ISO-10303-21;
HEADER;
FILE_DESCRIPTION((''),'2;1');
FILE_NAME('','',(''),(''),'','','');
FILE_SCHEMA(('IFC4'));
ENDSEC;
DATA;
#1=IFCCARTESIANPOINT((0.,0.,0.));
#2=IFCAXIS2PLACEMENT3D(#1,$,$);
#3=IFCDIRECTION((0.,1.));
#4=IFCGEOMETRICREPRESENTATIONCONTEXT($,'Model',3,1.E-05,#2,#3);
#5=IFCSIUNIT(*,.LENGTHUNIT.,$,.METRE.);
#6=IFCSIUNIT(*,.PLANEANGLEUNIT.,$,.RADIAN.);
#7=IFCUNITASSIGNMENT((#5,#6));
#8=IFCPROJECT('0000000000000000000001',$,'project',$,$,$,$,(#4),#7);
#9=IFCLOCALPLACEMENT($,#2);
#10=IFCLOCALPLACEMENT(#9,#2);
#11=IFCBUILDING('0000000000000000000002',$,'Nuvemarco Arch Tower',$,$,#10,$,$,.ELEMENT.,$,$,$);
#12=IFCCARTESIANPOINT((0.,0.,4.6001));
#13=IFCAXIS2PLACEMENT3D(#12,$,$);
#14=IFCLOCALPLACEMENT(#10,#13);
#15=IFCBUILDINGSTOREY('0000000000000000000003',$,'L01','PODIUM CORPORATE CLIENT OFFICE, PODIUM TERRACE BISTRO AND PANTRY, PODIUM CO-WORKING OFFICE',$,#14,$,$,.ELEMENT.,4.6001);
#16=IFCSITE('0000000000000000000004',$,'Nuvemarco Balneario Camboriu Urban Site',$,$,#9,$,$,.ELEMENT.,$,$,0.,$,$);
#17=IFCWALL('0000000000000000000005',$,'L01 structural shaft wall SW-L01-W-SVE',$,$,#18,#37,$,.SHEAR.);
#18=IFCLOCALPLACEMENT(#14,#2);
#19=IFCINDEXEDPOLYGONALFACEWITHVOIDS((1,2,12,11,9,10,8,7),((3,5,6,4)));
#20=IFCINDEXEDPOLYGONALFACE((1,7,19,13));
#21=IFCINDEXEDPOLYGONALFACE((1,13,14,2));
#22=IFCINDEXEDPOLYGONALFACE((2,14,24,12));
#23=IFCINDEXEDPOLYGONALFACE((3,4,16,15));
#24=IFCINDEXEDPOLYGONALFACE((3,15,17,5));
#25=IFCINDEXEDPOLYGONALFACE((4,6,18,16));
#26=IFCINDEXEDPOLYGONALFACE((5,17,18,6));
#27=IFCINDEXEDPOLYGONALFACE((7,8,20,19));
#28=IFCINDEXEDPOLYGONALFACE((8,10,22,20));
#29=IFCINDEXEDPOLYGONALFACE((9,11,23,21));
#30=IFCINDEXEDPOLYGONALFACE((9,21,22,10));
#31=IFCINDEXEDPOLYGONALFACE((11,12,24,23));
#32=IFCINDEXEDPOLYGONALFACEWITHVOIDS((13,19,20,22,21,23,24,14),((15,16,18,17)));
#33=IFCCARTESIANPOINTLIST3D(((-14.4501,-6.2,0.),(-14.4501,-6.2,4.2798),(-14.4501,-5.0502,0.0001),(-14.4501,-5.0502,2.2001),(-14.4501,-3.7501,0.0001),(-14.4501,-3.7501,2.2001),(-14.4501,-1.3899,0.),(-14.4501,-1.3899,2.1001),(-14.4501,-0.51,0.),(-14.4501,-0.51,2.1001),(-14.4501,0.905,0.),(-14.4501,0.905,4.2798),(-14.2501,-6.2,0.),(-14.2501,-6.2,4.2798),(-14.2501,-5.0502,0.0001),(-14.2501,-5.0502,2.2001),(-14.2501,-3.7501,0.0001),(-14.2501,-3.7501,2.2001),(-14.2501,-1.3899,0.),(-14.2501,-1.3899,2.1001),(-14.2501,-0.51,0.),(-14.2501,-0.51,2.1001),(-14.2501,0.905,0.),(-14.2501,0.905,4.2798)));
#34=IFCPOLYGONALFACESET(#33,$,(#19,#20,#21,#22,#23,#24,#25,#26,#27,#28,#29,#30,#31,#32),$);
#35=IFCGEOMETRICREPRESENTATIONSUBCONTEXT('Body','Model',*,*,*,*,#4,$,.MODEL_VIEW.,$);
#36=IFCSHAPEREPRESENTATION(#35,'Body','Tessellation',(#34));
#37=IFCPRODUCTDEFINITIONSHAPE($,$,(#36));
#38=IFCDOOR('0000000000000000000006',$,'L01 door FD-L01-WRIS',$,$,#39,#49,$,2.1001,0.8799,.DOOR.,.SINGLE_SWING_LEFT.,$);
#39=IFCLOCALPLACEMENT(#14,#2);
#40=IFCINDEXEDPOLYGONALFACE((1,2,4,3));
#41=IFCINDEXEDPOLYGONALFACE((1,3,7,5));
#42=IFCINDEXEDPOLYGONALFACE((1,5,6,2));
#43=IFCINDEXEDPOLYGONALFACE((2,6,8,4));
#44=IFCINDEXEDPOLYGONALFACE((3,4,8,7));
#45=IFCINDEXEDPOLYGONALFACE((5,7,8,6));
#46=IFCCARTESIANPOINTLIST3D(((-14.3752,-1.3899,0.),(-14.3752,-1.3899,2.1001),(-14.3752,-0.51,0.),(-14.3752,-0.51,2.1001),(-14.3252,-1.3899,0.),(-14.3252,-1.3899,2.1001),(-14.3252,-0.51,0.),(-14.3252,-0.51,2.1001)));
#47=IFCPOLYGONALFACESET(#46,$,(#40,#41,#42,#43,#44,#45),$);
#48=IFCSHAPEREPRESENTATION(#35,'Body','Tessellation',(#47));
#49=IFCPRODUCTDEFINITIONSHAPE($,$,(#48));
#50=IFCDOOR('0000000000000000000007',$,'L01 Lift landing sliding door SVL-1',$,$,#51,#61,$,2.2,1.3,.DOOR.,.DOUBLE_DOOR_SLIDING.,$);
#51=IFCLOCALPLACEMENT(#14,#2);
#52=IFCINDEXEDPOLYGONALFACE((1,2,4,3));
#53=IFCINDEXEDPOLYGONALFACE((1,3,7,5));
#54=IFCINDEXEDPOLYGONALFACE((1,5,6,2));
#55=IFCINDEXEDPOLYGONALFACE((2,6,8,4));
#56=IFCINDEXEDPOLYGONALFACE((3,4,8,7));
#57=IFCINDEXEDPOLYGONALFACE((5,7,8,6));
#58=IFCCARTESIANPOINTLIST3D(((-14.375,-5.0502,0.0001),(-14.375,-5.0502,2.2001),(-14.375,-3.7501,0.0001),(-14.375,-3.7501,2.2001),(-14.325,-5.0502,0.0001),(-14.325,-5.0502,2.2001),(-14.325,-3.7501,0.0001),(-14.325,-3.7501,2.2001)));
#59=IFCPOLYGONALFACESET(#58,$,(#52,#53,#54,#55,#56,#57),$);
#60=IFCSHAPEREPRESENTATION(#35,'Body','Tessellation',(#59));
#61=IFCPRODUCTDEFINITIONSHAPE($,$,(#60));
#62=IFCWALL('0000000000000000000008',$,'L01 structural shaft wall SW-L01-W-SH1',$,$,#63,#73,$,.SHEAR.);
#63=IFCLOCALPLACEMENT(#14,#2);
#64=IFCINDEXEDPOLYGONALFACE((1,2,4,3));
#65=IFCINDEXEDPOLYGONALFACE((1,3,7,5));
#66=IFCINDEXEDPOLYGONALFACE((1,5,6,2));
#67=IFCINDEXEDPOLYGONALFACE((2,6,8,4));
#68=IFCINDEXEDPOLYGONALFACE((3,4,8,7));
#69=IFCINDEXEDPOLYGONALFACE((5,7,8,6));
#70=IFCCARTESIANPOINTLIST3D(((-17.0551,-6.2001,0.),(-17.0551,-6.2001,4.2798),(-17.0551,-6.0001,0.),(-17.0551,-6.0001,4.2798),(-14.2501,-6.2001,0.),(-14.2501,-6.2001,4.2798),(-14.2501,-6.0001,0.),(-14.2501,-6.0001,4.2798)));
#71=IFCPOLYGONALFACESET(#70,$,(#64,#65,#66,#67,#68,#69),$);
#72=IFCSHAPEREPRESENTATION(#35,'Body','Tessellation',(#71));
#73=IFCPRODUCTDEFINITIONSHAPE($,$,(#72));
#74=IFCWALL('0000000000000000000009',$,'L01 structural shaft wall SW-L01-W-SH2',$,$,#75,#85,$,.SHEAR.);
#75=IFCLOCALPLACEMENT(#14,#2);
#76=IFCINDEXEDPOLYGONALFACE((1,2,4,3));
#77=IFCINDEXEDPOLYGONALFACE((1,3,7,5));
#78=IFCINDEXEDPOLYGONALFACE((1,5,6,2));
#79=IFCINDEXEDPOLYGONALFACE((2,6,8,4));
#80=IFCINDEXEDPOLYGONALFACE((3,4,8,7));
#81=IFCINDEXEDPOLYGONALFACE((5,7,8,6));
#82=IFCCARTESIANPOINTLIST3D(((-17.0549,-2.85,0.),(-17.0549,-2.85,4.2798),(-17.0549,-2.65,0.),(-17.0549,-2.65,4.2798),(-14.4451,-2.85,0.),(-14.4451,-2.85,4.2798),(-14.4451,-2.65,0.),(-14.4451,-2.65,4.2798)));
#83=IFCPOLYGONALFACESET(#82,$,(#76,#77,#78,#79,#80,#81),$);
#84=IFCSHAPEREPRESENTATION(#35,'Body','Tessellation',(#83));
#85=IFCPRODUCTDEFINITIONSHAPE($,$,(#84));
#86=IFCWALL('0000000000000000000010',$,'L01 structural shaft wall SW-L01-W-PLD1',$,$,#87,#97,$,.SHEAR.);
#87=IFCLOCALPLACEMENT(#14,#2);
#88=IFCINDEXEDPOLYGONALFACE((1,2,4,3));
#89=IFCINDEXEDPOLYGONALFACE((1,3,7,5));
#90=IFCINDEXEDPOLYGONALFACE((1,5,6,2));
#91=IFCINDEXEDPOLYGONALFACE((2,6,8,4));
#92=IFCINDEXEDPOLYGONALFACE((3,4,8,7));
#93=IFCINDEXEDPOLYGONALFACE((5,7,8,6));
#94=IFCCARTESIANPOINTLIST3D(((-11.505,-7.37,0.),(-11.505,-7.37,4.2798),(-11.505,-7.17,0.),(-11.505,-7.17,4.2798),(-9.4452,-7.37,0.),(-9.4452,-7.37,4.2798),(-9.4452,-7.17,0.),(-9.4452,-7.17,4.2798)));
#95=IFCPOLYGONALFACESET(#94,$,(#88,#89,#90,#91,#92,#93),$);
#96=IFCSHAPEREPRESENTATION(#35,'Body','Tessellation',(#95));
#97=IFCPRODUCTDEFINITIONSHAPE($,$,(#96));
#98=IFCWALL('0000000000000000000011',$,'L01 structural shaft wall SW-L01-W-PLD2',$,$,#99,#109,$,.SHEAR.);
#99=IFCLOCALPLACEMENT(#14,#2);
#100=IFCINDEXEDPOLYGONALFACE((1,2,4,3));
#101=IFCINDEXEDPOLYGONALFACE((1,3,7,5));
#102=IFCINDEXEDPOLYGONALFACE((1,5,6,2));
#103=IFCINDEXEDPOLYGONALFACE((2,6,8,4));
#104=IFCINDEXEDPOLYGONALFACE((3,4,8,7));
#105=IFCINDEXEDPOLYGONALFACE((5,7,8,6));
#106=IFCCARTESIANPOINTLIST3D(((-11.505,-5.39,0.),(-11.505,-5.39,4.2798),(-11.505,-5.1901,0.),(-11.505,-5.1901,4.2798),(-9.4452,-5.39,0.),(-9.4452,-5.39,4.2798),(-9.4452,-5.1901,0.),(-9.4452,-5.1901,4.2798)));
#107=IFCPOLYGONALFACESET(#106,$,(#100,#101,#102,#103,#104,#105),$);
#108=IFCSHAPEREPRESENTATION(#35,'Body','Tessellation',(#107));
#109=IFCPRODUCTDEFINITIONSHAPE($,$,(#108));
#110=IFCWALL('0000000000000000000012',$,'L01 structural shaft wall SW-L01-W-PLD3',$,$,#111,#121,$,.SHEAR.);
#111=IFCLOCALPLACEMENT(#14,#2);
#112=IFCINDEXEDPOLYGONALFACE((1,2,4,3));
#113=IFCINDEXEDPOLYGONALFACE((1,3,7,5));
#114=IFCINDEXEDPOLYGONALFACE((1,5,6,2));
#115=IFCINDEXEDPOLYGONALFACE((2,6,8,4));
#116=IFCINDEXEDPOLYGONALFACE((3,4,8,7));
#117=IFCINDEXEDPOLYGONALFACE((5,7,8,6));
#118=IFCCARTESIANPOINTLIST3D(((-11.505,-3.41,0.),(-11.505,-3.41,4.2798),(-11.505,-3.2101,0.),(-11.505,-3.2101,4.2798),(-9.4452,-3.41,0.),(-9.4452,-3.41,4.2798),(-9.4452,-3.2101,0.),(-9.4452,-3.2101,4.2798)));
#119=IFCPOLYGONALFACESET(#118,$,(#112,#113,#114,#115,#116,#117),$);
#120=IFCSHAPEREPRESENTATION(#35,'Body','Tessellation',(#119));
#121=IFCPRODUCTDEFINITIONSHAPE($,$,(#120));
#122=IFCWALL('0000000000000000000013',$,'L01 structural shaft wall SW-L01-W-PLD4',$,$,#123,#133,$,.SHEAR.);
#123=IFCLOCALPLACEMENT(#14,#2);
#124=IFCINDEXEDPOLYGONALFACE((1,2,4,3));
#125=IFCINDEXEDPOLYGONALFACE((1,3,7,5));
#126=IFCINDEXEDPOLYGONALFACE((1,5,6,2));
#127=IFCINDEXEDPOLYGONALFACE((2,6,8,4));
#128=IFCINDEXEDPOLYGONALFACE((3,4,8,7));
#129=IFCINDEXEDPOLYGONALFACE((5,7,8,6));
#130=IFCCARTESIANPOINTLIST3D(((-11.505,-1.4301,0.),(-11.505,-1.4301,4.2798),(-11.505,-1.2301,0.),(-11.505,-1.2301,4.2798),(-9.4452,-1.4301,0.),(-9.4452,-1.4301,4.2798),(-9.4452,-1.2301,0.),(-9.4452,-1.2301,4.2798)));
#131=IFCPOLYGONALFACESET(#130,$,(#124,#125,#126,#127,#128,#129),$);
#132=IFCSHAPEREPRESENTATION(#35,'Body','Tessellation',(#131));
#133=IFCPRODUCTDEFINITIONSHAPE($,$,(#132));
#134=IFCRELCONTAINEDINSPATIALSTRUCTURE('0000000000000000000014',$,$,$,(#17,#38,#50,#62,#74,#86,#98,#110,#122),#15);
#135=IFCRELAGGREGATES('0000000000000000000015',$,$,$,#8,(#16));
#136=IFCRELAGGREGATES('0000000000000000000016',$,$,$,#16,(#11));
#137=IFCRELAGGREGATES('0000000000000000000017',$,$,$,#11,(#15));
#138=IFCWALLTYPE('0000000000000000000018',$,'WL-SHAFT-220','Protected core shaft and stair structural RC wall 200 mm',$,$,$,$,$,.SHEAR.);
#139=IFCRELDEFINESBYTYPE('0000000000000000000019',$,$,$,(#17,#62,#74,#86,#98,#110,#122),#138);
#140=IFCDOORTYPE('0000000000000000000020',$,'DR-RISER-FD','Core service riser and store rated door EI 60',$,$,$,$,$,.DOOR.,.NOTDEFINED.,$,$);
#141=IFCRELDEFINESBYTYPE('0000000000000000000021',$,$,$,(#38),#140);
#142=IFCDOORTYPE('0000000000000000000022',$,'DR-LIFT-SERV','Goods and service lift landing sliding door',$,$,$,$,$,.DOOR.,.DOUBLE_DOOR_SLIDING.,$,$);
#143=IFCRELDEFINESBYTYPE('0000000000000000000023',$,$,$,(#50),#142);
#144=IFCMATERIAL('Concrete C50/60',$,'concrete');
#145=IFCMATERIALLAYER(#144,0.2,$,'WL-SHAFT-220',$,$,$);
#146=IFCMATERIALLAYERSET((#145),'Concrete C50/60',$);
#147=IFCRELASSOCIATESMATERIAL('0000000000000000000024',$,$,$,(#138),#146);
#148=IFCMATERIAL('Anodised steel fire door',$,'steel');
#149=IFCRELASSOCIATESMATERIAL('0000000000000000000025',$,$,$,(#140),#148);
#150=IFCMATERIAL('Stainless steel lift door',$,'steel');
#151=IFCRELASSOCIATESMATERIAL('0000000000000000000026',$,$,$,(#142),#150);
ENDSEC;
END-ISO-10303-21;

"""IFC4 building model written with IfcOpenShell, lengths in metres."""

from ifc_helpers import new_model, si_unit, direction, frame, frame_2d, origin, place, context, subcontext, project, spatial, rectangle, extrude, source, transform, mapped, material, layer, layer_set, type_object, type_shapes, element, fill, save


model = new_model("IFC4")

# Units and contexts
model_context = context("Model", 3, precision=1e-05, world=origin(), true_north=direction((0.0, 1.0)))
body_context = subcontext(model_context, "Body", "Model", "MODEL_VIEW")
ifc_project = project(units=[si_unit("LENGTHUNIT", "METRE"), si_unit("PLANEANGLEUNIT", "RADIAN")], contexts=[model_context])

# Site, building, storey
site_placement = place(None, origin())
site = spatial("IfcSite", under=ifc_project, at=site_placement, Name="Nuvemarco Balneario Camboriu Urban Site", CompositionType="ELEMENT", RefElevation=0.0)
building_placement = place(site_placement, origin())
building = spatial("IfcBuilding", under=site, at=building_placement, Name="Nuvemarco Arch Tower", CompositionType="ELEMENT")
storey_placement = place(building_placement, frame((0.0, 0.0, 4.6001)))
storey = spatial("IfcBuildingStorey", under=building, at=storey_placement, Name="L01", Description="PODIUM CORPORATE CLIENT OFFICE, PODIUM TERRACE BISTRO AND PANTRY, PODIUM CO-WORKING OFFICE", CompositionType="ELEMENT", Elevation=4.6001)

# Shared definitions
ifc_material_1 = material(Name="Concrete C50/60", Category="concrete")
ifc_layer_1 = layer(ifc_material_1, 0.2, Name="WL-SHAFT-220")
ifc_layer_set_1 = layer_set([ifc_layer_1], Name="Concrete C50/60")
wall_type_1 = type_object("IfcWallType", Name="WL-SHAFT-220", Description="Protected core shaft and stair structural RC wall 200 mm", PredefinedType="SHEAR", material=ifc_layer_set_1)
ifc_material_2 = material(Name="Stainless steel lift door", Category="steel")

# Wall, openings, doors
wall_1_placement = place(storey_placement, frame((-14.3501, -6.2, 0.0), z_axis=(0.0, 0.0, 1.0), x_axis=(0.0, 1.0, 0.0)))
wall_1 = element("IfcWall", 1, at=wall_1_placement, inside=storey, type_object=wall_type_1, Name="L01 structural shaft wall SW-L01-W-SVE", PredefinedType="SHEAR", context=body_context, shape_type="SweptSolid", body=[
    extrude(rectangle(XDim=7.105, YDim=0.2, at=frame_2d((3.5525, 0.0))), origin(), (0.0, 0.0, 1.0), 4.2798),
])
opening_1_placement = place(wall_1_placement, frame((5.6899, 0.0, 0.0), z_axis=(0.0, 0.0, 1.0), x_axis=(-1.0, 0.0, 0.0)))
opening_1 = element("IfcOpeningElement", 2, at=opening_1_placement, cuts=wall_1, PredefinedType="OPENING", context=body_context, shape_type="SweptSolid", body=[
    extrude(rectangle(XDim=0.8799, YDim=2.1001, at=frame_2d((0.4399, 1.05))), frame((0.0, 0.1099, 0.0), z_axis=(0.0, -1.0, 0.0), x_axis=(1.0, 0.0, 0.0)), (0.0, 0.0, 1.0), 0.22),
])
opening_2_placement = place(wall_1_placement, frame((1.1499, 0.0, 0.0)))
opening_2 = element("IfcOpeningElement", 3, at=opening_2_placement, cuts=wall_1, PredefinedType="OPENING", context=body_context, shape_type="SweptSolid", body=[
    extrude(rectangle(XDim=1.3, YDim=2.2, at=frame_2d((0.6499, 1.1001))), frame((0.0, 0.1099, 0.0), z_axis=(0.0, -1.0, 0.0), x_axis=(1.0, 0.0, 0.0)), (0.0, 0.0, 1.0), 0.22),
])
ifc_material_3 = material(Name="Anodised steel fire door", Category="steel")
door_type_1 = type_object("IfcDoorType", Name="DR-RISER-FD", Description="Core service riser and store rated door EI 60", OperationType="NOTDEFINED", PredefinedType="DOOR", material=ifc_material_3)
shared_shape_1 = source(origin(), body_context, "Body", "SweptSolid", [
    extrude(rectangle(XDim=0.8799, YDim=2.1001, at=frame_2d((0.4399, 1.05))), frame((0.0, 0.0249, 0.0), z_axis=(0.0, -1.0, 0.0), x_axis=(1.0, 0.0, 0.0)), (0.0, 0.0, 1.0), 0.05),
])
type_shapes(door_type_1, [shared_shape_1])
door_1_placement = place(opening_1_placement, origin())
door_1 = element("IfcDoor", 4, at=door_1_placement, inside=storey, type_object=door_type_1, Name="L01 door FD-L01-WRIS", OperationType="SINGLE_SWING_LEFT", OverallHeight=2.1001, OverallWidth=0.8799, PredefinedType="DOOR", context=body_context, shape_type="MappedRepresentation", body=[
    mapped(shared_shape_1, transform((0.0, 0.0, 0.0), scale=1.0)),
])
fill(opening_1, door_1)
door_type_2 = type_object("IfcDoorType", Name="DR-LIFT-SERV", Description="Goods and service lift landing sliding door", OperationType="DOUBLE_DOOR_SLIDING", PredefinedType="DOOR", material=ifc_material_2)
shared_shape_2 = source(origin(), body_context, "Body", "SweptSolid", [
    extrude(rectangle(XDim=1.3, YDim=2.2, at=frame_2d((0.6499, 1.1001))), frame((0.0, 0.0249, 0.0), z_axis=(0.0, -1.0, 0.0), x_axis=(1.0, 0.0, 0.0)), (0.0, 0.0, 1.0), 0.05),
])
type_shapes(door_type_2, [shared_shape_2])
door_2_placement = place(opening_2_placement, origin())
door_2 = element("IfcDoor", 5, at=door_2_placement, inside=storey, type_object=door_type_2, Name="L01 Lift landing sliding door SVL-1", OperationType="DOUBLE_DOOR_SLIDING", OverallHeight=2.2, OverallWidth=1.3, PredefinedType="DOOR", context=body_context, shape_type="MappedRepresentation", body=[
    mapped(shared_shape_2, transform((0.0, 0.0, 0.0), scale=1.0)),
])
fill(opening_2, door_2)

# Walls
wall_2_placement = place(storey_placement, frame((-17.0549, -6.1001, 0.0), z_axis=(0.0, 0.0, 1.0), x_axis=(1.0, 0.0, 0.0)))
element("IfcWall", 6, at=wall_2_placement, inside=storey, type_object=wall_type_1, Name="L01 structural shaft wall SW-L01-W-SH1", PredefinedType="SHEAR", context=body_context, shape_type="SweptSolid", body=[
    extrude(rectangle(XDim=2.8049, YDim=0.2, at=frame_2d((1.4023, 0.0))), origin(), (0.0, 0.0, 1.0), 4.2798),
])
wall_3_placement = place(storey_placement, frame((-17.0549, -2.75, 0.0), z_axis=(0.0, 0.0, 1.0), x_axis=(1.0, 0.0, 0.0)))
element("IfcWall", 7, at=wall_3_placement, inside=storey, type_object=wall_type_1, Name="L01 structural shaft wall SW-L01-W-SH2", PredefinedType="SHEAR", context=body_context, shape_type="SweptSolid", body=[
    extrude(rectangle(XDim=2.6099, YDim=0.2, at=frame_2d((1.3049, 0.0))), origin(), (0.0, 0.0, 1.0), 4.2798),
])

# Walls
for number, where, z_axis, x_axis, name in (
    (8, (-11.5049, -7.27, 0.0), (0.0, 0.0, 1.0), (1.0, 0.0, 0.0), "L01 structural shaft wall SW-L01-W-PLD1"),
    (9, (-11.5049, -5.29, 0.0), (0.0, 0.0, 1.0), (1.0, 0.0, 0.0), "L01 structural shaft wall SW-L01-W-PLD2"),
    (10, (-11.5049, -3.3101, 0.0), (0.0, 0.0, 1.0), (1.0, 0.0, 0.0), "L01 structural shaft wall SW-L01-W-PLD3"),
    (11, (-11.5049, -1.3301, 0.0), (0.0, 0.0, 1.0), (1.0, 0.0, 0.0), "L01 structural shaft wall SW-L01-W-PLD4"),
):
    element("IfcWall", number, at=place(storey_placement, frame(where, z_axis=z_axis, x_axis=x_axis)), inside=storey, type_object=wall_type_1, Name=name, PredefinedType="SHEAR", context=body_context, shape_type="SweptSolid", body=[
        extrude(rectangle(XDim=2.0598, YDim=0.2, at=frame_2d((1.0298, 0.0))), origin(), (0.0, 0.0, 1.0), 4.2798),
    ])

save(model, "model.ifc")
